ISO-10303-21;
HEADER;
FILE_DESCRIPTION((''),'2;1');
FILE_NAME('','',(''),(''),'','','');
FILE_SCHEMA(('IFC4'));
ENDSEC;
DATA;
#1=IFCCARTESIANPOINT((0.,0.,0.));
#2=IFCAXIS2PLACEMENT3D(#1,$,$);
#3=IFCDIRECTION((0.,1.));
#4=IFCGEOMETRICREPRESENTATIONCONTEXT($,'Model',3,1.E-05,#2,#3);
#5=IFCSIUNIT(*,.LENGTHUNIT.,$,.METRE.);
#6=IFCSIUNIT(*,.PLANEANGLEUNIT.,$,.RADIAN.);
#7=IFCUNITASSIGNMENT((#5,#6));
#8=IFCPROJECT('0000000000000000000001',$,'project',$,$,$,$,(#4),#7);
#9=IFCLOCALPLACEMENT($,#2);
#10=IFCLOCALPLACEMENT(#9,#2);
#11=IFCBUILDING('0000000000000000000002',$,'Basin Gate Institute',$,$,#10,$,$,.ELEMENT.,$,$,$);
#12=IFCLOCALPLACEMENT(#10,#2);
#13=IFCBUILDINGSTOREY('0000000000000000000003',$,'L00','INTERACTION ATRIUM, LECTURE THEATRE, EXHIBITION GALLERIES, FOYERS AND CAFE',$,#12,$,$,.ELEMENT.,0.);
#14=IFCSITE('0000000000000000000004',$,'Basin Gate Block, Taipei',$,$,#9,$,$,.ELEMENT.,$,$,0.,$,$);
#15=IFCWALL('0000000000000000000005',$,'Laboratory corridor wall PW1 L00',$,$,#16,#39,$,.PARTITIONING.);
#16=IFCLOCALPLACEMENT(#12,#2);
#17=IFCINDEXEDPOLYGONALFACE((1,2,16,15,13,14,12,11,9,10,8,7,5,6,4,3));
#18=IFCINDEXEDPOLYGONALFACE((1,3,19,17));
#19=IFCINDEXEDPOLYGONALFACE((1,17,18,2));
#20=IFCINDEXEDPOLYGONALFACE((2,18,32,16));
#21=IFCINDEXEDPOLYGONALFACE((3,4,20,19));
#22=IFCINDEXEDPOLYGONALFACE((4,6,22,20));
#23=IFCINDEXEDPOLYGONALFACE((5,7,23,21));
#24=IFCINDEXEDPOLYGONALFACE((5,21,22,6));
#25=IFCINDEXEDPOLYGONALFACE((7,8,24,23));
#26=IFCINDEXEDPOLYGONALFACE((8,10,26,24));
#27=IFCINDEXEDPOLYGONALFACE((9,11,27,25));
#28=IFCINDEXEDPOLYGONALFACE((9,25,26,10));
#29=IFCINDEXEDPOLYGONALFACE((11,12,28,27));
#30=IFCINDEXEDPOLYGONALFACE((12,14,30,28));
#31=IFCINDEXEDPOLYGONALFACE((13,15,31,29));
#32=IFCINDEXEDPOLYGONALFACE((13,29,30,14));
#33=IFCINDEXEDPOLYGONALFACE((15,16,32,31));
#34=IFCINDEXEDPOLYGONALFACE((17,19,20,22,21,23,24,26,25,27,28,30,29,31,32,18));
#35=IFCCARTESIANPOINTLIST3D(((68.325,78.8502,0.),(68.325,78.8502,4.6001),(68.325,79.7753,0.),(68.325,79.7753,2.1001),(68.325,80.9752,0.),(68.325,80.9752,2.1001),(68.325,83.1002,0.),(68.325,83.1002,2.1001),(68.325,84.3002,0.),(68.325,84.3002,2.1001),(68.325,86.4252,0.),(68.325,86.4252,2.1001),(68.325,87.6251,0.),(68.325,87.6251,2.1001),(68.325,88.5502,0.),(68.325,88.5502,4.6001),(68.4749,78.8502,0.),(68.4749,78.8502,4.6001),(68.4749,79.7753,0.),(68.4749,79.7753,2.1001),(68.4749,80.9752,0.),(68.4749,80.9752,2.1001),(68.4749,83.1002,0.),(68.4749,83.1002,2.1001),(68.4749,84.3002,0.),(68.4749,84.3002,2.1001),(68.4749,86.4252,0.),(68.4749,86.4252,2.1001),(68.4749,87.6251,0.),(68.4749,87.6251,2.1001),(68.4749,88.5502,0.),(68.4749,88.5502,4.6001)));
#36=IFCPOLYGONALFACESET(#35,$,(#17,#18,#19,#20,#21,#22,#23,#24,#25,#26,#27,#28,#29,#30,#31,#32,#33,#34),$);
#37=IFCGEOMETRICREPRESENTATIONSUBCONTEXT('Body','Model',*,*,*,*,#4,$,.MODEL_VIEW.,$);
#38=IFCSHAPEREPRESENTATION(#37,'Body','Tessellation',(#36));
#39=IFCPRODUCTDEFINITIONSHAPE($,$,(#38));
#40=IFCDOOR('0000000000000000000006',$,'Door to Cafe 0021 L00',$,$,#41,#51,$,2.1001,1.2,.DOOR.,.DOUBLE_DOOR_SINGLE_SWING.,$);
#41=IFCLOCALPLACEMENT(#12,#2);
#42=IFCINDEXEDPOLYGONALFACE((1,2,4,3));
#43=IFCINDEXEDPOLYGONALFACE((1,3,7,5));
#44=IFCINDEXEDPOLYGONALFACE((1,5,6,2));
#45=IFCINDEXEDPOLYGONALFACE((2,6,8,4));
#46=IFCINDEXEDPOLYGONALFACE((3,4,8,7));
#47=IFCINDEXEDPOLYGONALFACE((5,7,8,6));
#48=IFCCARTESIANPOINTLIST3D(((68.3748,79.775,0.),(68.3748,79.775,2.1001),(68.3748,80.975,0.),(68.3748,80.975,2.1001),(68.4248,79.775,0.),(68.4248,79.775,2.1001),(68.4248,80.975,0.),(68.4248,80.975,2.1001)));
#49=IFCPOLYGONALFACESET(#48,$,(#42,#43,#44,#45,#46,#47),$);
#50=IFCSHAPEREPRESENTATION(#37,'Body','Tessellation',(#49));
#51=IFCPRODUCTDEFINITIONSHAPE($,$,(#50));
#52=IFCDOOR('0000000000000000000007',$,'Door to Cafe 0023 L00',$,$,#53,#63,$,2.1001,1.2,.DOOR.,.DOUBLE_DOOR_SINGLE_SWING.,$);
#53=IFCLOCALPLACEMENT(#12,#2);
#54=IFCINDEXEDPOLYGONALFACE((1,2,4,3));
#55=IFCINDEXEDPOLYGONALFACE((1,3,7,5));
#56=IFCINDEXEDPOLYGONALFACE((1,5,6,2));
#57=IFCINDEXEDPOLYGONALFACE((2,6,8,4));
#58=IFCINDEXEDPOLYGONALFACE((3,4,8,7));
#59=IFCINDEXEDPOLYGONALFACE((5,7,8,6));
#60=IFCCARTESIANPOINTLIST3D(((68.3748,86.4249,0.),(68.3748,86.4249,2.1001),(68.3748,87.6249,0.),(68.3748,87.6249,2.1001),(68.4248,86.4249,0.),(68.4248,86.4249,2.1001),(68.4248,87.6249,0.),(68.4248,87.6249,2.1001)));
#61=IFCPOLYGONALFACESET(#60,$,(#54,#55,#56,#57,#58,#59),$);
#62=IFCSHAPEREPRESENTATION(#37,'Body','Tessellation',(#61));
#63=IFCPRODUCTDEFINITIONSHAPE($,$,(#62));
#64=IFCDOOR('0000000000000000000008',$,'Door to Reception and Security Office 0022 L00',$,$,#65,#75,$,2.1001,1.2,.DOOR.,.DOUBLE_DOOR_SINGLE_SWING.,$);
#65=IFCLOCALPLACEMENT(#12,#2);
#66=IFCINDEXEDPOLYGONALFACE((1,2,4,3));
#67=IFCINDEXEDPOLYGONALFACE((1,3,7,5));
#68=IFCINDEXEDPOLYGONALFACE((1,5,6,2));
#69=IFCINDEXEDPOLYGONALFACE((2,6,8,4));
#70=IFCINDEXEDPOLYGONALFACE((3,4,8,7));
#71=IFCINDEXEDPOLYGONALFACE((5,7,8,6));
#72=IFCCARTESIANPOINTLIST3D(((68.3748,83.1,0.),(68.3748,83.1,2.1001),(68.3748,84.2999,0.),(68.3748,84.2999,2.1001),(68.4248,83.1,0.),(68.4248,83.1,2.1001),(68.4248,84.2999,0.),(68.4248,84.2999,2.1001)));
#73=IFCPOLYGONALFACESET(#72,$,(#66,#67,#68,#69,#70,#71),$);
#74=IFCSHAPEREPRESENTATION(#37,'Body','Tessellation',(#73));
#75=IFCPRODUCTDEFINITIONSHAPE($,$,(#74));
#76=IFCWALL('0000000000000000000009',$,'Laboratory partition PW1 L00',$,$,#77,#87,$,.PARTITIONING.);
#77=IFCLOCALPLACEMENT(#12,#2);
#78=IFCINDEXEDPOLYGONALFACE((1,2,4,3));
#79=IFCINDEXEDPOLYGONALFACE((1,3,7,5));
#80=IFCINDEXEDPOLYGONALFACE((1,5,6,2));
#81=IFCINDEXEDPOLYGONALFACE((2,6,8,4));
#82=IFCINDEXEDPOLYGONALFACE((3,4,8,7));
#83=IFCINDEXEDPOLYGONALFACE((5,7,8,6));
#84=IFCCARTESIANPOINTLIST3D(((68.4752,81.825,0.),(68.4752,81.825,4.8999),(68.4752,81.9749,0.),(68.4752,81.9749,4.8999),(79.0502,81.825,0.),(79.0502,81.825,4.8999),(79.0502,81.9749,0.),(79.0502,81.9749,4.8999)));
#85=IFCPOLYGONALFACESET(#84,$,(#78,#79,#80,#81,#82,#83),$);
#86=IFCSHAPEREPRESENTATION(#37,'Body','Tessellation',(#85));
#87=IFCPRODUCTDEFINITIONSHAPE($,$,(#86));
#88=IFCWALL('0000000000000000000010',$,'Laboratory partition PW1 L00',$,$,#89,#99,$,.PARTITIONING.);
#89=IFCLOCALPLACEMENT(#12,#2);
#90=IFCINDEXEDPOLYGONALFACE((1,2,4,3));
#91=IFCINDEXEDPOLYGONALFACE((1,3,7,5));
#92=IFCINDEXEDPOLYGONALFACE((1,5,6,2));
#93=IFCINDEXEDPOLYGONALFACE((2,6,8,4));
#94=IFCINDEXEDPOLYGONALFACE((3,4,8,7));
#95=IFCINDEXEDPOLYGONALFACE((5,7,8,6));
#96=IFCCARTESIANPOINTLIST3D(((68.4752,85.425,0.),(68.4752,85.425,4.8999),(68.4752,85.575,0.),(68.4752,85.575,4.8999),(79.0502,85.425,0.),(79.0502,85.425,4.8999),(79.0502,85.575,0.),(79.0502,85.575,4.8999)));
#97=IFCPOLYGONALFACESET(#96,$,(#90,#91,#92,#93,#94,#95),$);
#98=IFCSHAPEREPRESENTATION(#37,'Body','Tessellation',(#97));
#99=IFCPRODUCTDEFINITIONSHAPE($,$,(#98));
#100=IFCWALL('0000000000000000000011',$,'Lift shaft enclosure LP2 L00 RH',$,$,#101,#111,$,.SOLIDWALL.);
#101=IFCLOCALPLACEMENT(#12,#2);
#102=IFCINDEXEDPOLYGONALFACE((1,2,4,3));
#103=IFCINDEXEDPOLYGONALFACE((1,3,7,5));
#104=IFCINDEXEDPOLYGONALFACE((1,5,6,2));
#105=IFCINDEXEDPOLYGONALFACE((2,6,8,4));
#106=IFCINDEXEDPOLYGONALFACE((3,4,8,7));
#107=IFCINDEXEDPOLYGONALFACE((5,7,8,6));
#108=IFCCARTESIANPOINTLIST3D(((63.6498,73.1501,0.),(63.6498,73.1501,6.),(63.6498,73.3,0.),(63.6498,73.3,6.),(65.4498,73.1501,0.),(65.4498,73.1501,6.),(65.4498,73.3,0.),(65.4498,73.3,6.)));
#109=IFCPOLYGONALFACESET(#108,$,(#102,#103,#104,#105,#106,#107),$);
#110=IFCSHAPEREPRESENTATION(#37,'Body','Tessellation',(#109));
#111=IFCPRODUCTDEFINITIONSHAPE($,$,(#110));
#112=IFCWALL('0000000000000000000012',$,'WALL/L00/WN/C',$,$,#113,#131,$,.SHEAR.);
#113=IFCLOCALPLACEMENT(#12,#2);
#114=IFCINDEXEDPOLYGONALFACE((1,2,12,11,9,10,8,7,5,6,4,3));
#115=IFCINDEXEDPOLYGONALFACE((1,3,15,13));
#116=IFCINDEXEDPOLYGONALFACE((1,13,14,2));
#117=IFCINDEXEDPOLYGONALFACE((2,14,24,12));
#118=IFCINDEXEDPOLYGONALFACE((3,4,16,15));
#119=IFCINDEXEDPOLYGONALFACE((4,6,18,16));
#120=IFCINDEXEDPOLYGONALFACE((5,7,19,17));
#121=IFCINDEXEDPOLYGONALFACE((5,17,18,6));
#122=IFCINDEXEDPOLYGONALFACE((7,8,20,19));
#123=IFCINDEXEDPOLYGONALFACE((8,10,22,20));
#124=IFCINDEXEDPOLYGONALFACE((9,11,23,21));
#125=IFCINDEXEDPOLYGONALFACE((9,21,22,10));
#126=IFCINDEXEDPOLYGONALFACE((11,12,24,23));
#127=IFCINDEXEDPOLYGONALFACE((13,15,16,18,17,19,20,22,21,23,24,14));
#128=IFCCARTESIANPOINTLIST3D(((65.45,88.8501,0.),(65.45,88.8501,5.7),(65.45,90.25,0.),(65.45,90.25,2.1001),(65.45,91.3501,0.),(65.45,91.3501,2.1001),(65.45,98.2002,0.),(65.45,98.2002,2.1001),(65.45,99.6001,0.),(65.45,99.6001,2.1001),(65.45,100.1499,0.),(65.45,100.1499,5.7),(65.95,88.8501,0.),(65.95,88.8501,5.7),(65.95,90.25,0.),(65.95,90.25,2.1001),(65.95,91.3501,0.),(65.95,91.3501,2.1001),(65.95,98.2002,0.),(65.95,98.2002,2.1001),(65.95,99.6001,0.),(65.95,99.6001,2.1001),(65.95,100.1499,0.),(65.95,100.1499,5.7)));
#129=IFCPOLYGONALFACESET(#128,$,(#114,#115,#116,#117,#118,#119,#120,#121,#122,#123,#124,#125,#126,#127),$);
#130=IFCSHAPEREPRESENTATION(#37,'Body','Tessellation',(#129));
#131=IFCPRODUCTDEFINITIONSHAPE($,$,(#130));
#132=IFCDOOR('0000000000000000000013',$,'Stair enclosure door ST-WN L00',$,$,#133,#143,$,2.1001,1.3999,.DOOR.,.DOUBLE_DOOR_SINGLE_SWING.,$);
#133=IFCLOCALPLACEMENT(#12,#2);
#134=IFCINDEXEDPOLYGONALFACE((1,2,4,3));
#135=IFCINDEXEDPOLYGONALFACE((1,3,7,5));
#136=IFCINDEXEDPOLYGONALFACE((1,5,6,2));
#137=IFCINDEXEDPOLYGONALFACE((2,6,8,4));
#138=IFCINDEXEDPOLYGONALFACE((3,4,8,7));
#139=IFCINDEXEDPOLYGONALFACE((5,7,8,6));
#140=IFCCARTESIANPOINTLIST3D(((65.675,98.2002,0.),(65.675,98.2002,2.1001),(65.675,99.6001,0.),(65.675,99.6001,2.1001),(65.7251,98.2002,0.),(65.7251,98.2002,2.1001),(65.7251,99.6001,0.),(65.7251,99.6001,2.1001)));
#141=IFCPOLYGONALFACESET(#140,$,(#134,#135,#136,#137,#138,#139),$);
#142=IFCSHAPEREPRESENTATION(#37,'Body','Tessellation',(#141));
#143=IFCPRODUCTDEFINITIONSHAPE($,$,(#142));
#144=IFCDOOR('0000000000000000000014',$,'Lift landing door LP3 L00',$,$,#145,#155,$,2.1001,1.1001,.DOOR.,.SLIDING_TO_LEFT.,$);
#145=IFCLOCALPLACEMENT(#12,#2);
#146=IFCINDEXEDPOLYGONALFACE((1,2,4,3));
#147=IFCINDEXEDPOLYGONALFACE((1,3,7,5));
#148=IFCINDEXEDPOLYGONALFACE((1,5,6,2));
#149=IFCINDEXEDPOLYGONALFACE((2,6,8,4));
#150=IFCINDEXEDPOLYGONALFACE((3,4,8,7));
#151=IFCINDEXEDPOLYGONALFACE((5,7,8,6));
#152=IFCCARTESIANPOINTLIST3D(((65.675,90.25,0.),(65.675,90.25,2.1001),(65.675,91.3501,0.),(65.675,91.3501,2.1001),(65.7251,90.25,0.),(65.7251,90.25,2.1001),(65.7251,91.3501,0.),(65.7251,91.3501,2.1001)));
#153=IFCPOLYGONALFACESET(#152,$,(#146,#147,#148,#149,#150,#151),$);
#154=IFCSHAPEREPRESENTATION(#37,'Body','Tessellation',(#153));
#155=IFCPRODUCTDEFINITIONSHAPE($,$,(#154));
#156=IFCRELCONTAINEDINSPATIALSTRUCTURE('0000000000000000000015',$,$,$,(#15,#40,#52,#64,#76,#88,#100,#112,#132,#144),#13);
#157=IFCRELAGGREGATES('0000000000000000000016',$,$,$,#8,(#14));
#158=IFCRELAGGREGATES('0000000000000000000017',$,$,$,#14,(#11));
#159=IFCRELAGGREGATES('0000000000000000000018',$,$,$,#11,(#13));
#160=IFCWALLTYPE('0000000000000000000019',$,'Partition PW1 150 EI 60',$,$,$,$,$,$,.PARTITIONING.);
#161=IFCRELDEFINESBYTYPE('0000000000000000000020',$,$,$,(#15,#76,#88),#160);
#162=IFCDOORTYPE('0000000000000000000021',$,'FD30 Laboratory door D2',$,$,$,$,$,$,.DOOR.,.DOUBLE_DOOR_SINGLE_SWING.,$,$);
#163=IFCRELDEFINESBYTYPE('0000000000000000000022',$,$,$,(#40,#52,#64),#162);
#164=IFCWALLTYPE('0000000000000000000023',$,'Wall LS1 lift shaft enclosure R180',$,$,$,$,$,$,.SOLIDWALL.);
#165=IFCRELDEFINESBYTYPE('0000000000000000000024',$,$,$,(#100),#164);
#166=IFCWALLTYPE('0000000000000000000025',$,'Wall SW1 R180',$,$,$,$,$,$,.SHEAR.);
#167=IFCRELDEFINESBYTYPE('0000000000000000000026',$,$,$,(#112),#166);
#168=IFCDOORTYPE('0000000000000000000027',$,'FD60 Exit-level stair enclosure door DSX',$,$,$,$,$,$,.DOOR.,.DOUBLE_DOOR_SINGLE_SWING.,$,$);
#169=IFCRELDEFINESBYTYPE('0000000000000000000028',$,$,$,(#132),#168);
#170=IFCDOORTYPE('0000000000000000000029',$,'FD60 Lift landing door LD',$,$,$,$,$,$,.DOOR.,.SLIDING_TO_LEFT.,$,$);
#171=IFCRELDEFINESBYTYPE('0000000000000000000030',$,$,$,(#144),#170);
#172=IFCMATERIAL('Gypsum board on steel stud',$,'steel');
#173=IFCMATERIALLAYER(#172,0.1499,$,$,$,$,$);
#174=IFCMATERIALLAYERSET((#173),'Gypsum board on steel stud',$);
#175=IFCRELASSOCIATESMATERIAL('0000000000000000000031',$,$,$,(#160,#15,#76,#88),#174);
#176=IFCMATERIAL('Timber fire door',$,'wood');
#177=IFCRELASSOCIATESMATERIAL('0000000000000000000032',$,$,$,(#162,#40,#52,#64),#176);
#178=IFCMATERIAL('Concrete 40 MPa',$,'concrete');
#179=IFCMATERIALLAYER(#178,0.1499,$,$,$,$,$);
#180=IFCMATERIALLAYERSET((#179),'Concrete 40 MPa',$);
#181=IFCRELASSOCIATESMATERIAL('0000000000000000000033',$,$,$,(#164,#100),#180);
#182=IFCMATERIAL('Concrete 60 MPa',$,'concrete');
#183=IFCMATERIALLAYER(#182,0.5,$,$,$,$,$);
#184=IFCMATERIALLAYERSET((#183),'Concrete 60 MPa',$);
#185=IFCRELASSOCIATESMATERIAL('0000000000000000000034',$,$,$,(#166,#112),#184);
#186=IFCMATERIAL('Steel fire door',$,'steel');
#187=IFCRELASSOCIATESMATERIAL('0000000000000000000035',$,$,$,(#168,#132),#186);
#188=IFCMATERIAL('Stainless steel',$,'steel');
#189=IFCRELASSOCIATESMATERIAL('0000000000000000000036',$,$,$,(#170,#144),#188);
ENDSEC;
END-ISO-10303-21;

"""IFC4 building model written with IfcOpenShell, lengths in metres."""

from ifc_helpers import new_model, si_unit, direction, frame, frame_2d, origin, place, context, subcontext, project, spatial, rectangle, extrude, material, layer, layer_set, type_object, element, fill, save


model = new_model("IFC4")

# Units and contexts
model_context = context("Model", 3, precision=1e-05, world=origin(), true_north=direction((0.0, 1.0)))
body_context = subcontext(model_context, "Body", "Model", "MODEL_VIEW")
ifc_project = project(units=[si_unit("LENGTHUNIT", "METRE"), si_unit("PLANEANGLEUNIT", "RADIAN")], contexts=[model_context])

# Site, building, storey
site_placement = place(None, origin())
site = spatial("IfcSite", under=ifc_project, at=site_placement, Name="Basin Gate Block, Taipei", CompositionType="ELEMENT", RefElevation=0.0)
building_placement = place(site_placement, origin())
building = spatial("IfcBuilding", under=site, at=building_placement, Name="Basin Gate Institute", CompositionType="ELEMENT")
storey_placement = place(building_placement, origin())
storey = spatial("IfcBuildingStorey", under=building, at=storey_placement, Name="L00", Description="INTERACTION ATRIUM, LECTURE THEATRE, EXHIBITION GALLERIES, FOYERS AND CAFE", CompositionType="ELEMENT", Elevation=0.0)

# Shared definitions
ifc_material_1 = material(Name="Gypsum board on steel stud", Category="steel")
ifc_layer_1 = layer(ifc_material_1, 0.1499)
ifc_layer_set_1 = layer_set([ifc_layer_1], Name="Gypsum board on steel stud")
wall_type_1 = type_object("IfcWallType", Name="Partition PW1 150 EI 60", PredefinedType="PARTITIONING", material=ifc_layer_set_1)

# Wall, openings, doors
wall_1_placement = place(storey_placement, frame((68.3999, 78.8501, 0.0), z_axis=(0.0, 0.0, 1.0), x_axis=(0.0, 1.0, 0.0)))
wall_1 = element("IfcWall", 1, at=wall_1_placement, inside=storey, type_object=wall_type_1, material=ifc_layer_set_1, Name="Laboratory corridor wall PW1 L00", PredefinedType="PARTITIONING", context=body_context, shape_type="SweptSolid", body=[
    extrude(rectangle(XDim=9.7, YDim=0.1499, at=frame_2d((4.8501, 0.0))), origin(), (0.0, 0.0, 1.0), 4.6001),
])
opening_1_placement = place(wall_1_placement, frame((0.925, 0.0, 0.0)))
opening_1 = element("IfcOpeningElement", 2, at=opening_1_placement, cuts=wall_1, PredefinedType="OPENING", context=body_context, shape_type="SweptSolid", body=[
    extrude(rectangle(XDim=1.2, YDim=2.1001, at=frame_2d((0.6001, 1.05))), frame((0.0, 0.085, 0.0), z_axis=(0.0, -1.0, 0.0), x_axis=(1.0, 0.0, 0.0)), (0.0, 0.0, 1.0), 0.1699),
])
opening_2_placement = place(wall_1_placement, frame((7.575, 0.0, 0.0)))
opening_2 = element("IfcOpeningElement", 3, at=opening_2_placement, cuts=wall_1, PredefinedType="OPENING", context=body_context, shape_type="SweptSolid", body=[
    extrude(rectangle(XDim=1.2, YDim=2.1001, at=frame_2d((0.6001, 1.05))), frame((0.0, 0.085, 0.0), z_axis=(0.0, -1.0, 0.0), x_axis=(1.0, 0.0, 0.0)), (0.0, 0.0, 1.0), 0.1699),
])
opening_3_placement = place(wall_1_placement, frame((4.25, 0.0, 0.0)))
opening_3 = element("IfcOpeningElement", 4, at=opening_3_placement, cuts=wall_1, PredefinedType="OPENING", context=body_context, shape_type="SweptSolid", body=[
    extrude(rectangle(XDim=1.2, YDim=2.1001, at=frame_2d((0.6001, 1.05))), frame((0.0, 0.085, 0.0), z_axis=(0.0, -1.0, 0.0), x_axis=(1.0, 0.0, 0.0)), (0.0, 0.0, 1.0), 0.1699),
])
ifc_material_2 = material(Name="Timber fire door", Category="wood")
door_type_1 = type_object("IfcDoorType", Name="FD30 Laboratory door D2", OperationType="DOUBLE_DOOR_SINGLE_SWING", PredefinedType="DOOR", material=ifc_material_2)
door_1_placement = place(opening_1_placement, frame((1.2, 0.0, 0.0), z_axis=(0.0, 0.0, 1.0), x_axis=(-1.0, 0.0, 0.0)))
door_1 = element("IfcDoor", 5, at=door_1_placement, inside=storey, type_object=door_type_1, material=ifc_material_2, Name="Door to Cafe 0021 L00", OperationType="DOUBLE_DOOR_SINGLE_SWING", OverallHeight=2.1001, OverallWidth=1.2, PredefinedType="DOOR", context=body_context, shape_type="SweptSolid", body=[
    extrude(rectangle(XDim=1.2, YDim=2.1001, at=frame_2d((0.6001, 1.05))), frame((0.0, 0.0249, 0.0), z_axis=(0.0, -1.0, 0.0), x_axis=(1.0, 0.0, 0.0)), (0.0, 0.0, 1.0), 0.05),
])
fill(opening_1, door_1)
door_2_placement = place(opening_2_placement, frame((1.2, 0.0, 0.0), z_axis=(0.0, 0.0, 1.0), x_axis=(-1.0, 0.0, 0.0)))
door_2 = element("IfcDoor", 6, at=door_2_placement, inside=storey, type_object=door_type_1, material=ifc_material_2, Name="Door to Cafe 0023 L00", OperationType="DOUBLE_DOOR_SINGLE_SWING", OverallHeight=2.1001, OverallWidth=1.2, PredefinedType="DOOR", context=body_context, shape_type="SweptSolid", body=[
    extrude(rectangle(XDim=1.2, YDim=2.1001, at=frame_2d((0.6001, 1.05))), frame((0.0, 0.0249, 0.0), z_axis=(0.0, -1.0, 0.0), x_axis=(1.0, 0.0, 0.0)), (0.0, 0.0, 1.0), 0.05),
])
fill(opening_2, door_2)
door_3_placement = place(opening_3_placement, frame((1.2, 0.0, 0.0), z_axis=(0.0, 0.0, 1.0), x_axis=(-1.0, 0.0, 0.0)))
door_3 = element("IfcDoor", 7, at=door_3_placement, inside=storey, type_object=door_type_1, material=ifc_material_2, Name="Door to Reception and Security Office 0022 L00", OperationType="DOUBLE_DOOR_SINGLE_SWING", OverallHeight=2.1001, OverallWidth=1.2, PredefinedType="DOOR", context=body_context, shape_type="SweptSolid", body=[
    extrude(rectangle(XDim=1.2, YDim=2.1001, at=frame_2d((0.6001, 1.05))), frame((0.0, 0.0249, 0.0), z_axis=(0.0, -1.0, 0.0), x_axis=(1.0, 0.0, 0.0)), (0.0, 0.0, 1.0), 0.05),
])
fill(opening_3, door_3)

# Walls
for number, where, z_axis, x_axis, name in (
    (8, (68.4751, 81.8999, 0.0), (0.0, 0.0, 1.0), (1.0, 0.0, 0.0), "Laboratory partition PW1 L00"),
    (9, (68.4751, 85.5, 0.0), (0.0, 0.0, 1.0), (1.0, 0.0, 0.0), "Laboratory partition PW1 L00"),
):
    element("IfcWall", number, at=place(storey_placement, frame(where, z_axis=z_axis, x_axis=x_axis)), inside=storey, type_object=wall_type_1, material=ifc_layer_set_1, Name=name, PredefinedType="PARTITIONING", context=body_context, shape_type="SweptSolid", body=[
        extrude(rectangle(XDim=10.575, YDim=0.1499, at=frame_2d((5.2876, 0.0))), origin(), (0.0, 0.0, 1.0), 4.8999),
    ])
ifc_material_3 = material(Name="Concrete 40 MPa", Category="concrete")
ifc_layer_2 = layer(ifc_material_3, 0.1499)
ifc_layer_set_2 = layer_set([ifc_layer_2], Name="Concrete 40 MPa")
wall_type_2 = type_object("IfcWallType", Name="Wall LS1 lift shaft enclosure R180", PredefinedType="SOLIDWALL", material=ifc_layer_set_2)
wall_2_placement = place(storey_placement, frame((63.6499, 73.2251, 0.0), z_axis=(0.0, 0.0, 1.0), x_axis=(1.0, 0.0, 0.0)))
element("IfcWall", 10, at=wall_2_placement, inside=storey, type_object=wall_type_2, material=ifc_layer_set_2, Name="Lift shaft enclosure LP2 L00 RH", PredefinedType="SOLIDWALL", context=body_context, shape_type="SweptSolid", body=[
    extrude(rectangle(XDim=1.8, YDim=0.1499, at=frame_2d((0.8999, 0.0))), origin(), (0.0, 0.0, 1.0), 6.0),
])

# Wall, openings, doors
ifc_material_4 = material(Name="Concrete 60 MPa", Category="concrete")
ifc_layer_3 = layer(ifc_material_4, 0.5)
ifc_layer_set_3 = layer_set([ifc_layer_3], Name="Concrete 60 MPa")
wall_type_3 = type_object("IfcWallType", Name="Wall SW1 R180", PredefinedType="SHEAR", material=ifc_layer_set_3)
wall_3_placement = place(storey_placement, frame((65.7, 88.8501, 0.0), z_axis=(0.0, 0.0, 1.0), x_axis=(0.0, 1.0, 0.0)))
wall_3 = element("IfcWall", 11, at=wall_3_placement, inside=storey, type_object=wall_type_3, material=ifc_layer_set_3, Name="WALL/L00/WN/C", PredefinedType="SHEAR", context=body_context, shape_type="SweptSolid", body=[
    extrude(rectangle(XDim=11.2998, YDim=0.5, at=frame_2d((5.6499, 0.0))), origin(), (0.0, 0.0, 1.0), 5.7),
])
opening_4_placement = place(wall_3_placement, frame((9.3501, 0.0, 0.0)))
opening_4 = element("IfcOpeningElement", 12, at=opening_4_placement, cuts=wall_3, PredefinedType="OPENING", context=body_context, shape_type="SweptSolid", body=[
    extrude(rectangle(XDim=1.3999, YDim=2.1001, at=frame_2d((0.7, 1.05))), frame((0.0, 0.26, 0.0), z_axis=(0.0, -1.0, 0.0), x_axis=(1.0, 0.0, 0.0)), (0.0, 0.0, 1.0), 0.52),
])
opening_5_placement = place(wall_3_placement, frame((1.3999, 0.0, 0.0)))
opening_5 = element("IfcOpeningElement", 13, at=opening_5_placement, cuts=wall_3, PredefinedType="OPENING", context=body_context, shape_type="SweptSolid", body=[
    extrude(rectangle(XDim=1.1001, YDim=2.1001, at=frame_2d((0.55, 1.05))), frame((0.0, 0.26, 0.0), z_axis=(0.0, -1.0, 0.0), x_axis=(1.0, 0.0, 0.0)), (0.0, 0.0, 1.0), 0.52),
])
ifc_material_5 = material(Name="Steel fire door", Category="steel")
door_type_2 = type_object("IfcDoorType", Name="FD60 Exit-level stair enclosure door DSX", OperationType="DOUBLE_DOOR_SINGLE_SWING", PredefinedType="DOOR", material=ifc_material_5)
door_4_placement = place(opening_4_placement, origin())
door_4 = element("IfcDoor", 14, at=door_4_placement, inside=storey, type_object=door_type_2, material=ifc_material_5, Name="Stair enclosure door ST-WN L00", OperationType="DOUBLE_DOOR_SINGLE_SWING", OverallHeight=2.1001, OverallWidth=1.3999, PredefinedType="DOOR", context=body_context, shape_type="SweptSolid", body=[
    extrude(rectangle(XDim=1.3999, YDim=2.1001, at=frame_2d((0.7, 1.05))), frame((0.0, 0.0249, 0.0), z_axis=(0.0, -1.0, 0.0), x_axis=(1.0, 0.0, 0.0)), (0.0, 0.0, 1.0), 0.05),
])
fill(opening_4, door_4)
ifc_material_6 = material(Name="Stainless steel", Category="steel")
door_type_3 = type_object("IfcDoorType", Name="FD60 Lift landing door LD", OperationType="SLIDING_TO_LEFT", PredefinedType="DOOR", material=ifc_material_6)
door_5_placement = place(opening_5_placement, origin())
door_5 = element("IfcDoor", 15, at=door_5_placement, inside=storey, type_object=door_type_3, material=ifc_material_6, Name="Lift landing door LP3 L00", OperationType="SLIDING_TO_LEFT", OverallHeight=2.1001, OverallWidth=1.1001, PredefinedType="DOOR", context=body_context, shape_type="SweptSolid", body=[
    extrude(rectangle(XDim=1.1001, YDim=2.1001, at=frame_2d((0.55, 1.05))), frame((0.0, 0.0249, 0.0), z_axis=(0.0, -1.0, 0.0), x_axis=(1.0, 0.0, 0.0)), (0.0, 0.0, 1.0), 0.05),
])
fill(opening_5, door_5)

save(model, "model.ifc")
